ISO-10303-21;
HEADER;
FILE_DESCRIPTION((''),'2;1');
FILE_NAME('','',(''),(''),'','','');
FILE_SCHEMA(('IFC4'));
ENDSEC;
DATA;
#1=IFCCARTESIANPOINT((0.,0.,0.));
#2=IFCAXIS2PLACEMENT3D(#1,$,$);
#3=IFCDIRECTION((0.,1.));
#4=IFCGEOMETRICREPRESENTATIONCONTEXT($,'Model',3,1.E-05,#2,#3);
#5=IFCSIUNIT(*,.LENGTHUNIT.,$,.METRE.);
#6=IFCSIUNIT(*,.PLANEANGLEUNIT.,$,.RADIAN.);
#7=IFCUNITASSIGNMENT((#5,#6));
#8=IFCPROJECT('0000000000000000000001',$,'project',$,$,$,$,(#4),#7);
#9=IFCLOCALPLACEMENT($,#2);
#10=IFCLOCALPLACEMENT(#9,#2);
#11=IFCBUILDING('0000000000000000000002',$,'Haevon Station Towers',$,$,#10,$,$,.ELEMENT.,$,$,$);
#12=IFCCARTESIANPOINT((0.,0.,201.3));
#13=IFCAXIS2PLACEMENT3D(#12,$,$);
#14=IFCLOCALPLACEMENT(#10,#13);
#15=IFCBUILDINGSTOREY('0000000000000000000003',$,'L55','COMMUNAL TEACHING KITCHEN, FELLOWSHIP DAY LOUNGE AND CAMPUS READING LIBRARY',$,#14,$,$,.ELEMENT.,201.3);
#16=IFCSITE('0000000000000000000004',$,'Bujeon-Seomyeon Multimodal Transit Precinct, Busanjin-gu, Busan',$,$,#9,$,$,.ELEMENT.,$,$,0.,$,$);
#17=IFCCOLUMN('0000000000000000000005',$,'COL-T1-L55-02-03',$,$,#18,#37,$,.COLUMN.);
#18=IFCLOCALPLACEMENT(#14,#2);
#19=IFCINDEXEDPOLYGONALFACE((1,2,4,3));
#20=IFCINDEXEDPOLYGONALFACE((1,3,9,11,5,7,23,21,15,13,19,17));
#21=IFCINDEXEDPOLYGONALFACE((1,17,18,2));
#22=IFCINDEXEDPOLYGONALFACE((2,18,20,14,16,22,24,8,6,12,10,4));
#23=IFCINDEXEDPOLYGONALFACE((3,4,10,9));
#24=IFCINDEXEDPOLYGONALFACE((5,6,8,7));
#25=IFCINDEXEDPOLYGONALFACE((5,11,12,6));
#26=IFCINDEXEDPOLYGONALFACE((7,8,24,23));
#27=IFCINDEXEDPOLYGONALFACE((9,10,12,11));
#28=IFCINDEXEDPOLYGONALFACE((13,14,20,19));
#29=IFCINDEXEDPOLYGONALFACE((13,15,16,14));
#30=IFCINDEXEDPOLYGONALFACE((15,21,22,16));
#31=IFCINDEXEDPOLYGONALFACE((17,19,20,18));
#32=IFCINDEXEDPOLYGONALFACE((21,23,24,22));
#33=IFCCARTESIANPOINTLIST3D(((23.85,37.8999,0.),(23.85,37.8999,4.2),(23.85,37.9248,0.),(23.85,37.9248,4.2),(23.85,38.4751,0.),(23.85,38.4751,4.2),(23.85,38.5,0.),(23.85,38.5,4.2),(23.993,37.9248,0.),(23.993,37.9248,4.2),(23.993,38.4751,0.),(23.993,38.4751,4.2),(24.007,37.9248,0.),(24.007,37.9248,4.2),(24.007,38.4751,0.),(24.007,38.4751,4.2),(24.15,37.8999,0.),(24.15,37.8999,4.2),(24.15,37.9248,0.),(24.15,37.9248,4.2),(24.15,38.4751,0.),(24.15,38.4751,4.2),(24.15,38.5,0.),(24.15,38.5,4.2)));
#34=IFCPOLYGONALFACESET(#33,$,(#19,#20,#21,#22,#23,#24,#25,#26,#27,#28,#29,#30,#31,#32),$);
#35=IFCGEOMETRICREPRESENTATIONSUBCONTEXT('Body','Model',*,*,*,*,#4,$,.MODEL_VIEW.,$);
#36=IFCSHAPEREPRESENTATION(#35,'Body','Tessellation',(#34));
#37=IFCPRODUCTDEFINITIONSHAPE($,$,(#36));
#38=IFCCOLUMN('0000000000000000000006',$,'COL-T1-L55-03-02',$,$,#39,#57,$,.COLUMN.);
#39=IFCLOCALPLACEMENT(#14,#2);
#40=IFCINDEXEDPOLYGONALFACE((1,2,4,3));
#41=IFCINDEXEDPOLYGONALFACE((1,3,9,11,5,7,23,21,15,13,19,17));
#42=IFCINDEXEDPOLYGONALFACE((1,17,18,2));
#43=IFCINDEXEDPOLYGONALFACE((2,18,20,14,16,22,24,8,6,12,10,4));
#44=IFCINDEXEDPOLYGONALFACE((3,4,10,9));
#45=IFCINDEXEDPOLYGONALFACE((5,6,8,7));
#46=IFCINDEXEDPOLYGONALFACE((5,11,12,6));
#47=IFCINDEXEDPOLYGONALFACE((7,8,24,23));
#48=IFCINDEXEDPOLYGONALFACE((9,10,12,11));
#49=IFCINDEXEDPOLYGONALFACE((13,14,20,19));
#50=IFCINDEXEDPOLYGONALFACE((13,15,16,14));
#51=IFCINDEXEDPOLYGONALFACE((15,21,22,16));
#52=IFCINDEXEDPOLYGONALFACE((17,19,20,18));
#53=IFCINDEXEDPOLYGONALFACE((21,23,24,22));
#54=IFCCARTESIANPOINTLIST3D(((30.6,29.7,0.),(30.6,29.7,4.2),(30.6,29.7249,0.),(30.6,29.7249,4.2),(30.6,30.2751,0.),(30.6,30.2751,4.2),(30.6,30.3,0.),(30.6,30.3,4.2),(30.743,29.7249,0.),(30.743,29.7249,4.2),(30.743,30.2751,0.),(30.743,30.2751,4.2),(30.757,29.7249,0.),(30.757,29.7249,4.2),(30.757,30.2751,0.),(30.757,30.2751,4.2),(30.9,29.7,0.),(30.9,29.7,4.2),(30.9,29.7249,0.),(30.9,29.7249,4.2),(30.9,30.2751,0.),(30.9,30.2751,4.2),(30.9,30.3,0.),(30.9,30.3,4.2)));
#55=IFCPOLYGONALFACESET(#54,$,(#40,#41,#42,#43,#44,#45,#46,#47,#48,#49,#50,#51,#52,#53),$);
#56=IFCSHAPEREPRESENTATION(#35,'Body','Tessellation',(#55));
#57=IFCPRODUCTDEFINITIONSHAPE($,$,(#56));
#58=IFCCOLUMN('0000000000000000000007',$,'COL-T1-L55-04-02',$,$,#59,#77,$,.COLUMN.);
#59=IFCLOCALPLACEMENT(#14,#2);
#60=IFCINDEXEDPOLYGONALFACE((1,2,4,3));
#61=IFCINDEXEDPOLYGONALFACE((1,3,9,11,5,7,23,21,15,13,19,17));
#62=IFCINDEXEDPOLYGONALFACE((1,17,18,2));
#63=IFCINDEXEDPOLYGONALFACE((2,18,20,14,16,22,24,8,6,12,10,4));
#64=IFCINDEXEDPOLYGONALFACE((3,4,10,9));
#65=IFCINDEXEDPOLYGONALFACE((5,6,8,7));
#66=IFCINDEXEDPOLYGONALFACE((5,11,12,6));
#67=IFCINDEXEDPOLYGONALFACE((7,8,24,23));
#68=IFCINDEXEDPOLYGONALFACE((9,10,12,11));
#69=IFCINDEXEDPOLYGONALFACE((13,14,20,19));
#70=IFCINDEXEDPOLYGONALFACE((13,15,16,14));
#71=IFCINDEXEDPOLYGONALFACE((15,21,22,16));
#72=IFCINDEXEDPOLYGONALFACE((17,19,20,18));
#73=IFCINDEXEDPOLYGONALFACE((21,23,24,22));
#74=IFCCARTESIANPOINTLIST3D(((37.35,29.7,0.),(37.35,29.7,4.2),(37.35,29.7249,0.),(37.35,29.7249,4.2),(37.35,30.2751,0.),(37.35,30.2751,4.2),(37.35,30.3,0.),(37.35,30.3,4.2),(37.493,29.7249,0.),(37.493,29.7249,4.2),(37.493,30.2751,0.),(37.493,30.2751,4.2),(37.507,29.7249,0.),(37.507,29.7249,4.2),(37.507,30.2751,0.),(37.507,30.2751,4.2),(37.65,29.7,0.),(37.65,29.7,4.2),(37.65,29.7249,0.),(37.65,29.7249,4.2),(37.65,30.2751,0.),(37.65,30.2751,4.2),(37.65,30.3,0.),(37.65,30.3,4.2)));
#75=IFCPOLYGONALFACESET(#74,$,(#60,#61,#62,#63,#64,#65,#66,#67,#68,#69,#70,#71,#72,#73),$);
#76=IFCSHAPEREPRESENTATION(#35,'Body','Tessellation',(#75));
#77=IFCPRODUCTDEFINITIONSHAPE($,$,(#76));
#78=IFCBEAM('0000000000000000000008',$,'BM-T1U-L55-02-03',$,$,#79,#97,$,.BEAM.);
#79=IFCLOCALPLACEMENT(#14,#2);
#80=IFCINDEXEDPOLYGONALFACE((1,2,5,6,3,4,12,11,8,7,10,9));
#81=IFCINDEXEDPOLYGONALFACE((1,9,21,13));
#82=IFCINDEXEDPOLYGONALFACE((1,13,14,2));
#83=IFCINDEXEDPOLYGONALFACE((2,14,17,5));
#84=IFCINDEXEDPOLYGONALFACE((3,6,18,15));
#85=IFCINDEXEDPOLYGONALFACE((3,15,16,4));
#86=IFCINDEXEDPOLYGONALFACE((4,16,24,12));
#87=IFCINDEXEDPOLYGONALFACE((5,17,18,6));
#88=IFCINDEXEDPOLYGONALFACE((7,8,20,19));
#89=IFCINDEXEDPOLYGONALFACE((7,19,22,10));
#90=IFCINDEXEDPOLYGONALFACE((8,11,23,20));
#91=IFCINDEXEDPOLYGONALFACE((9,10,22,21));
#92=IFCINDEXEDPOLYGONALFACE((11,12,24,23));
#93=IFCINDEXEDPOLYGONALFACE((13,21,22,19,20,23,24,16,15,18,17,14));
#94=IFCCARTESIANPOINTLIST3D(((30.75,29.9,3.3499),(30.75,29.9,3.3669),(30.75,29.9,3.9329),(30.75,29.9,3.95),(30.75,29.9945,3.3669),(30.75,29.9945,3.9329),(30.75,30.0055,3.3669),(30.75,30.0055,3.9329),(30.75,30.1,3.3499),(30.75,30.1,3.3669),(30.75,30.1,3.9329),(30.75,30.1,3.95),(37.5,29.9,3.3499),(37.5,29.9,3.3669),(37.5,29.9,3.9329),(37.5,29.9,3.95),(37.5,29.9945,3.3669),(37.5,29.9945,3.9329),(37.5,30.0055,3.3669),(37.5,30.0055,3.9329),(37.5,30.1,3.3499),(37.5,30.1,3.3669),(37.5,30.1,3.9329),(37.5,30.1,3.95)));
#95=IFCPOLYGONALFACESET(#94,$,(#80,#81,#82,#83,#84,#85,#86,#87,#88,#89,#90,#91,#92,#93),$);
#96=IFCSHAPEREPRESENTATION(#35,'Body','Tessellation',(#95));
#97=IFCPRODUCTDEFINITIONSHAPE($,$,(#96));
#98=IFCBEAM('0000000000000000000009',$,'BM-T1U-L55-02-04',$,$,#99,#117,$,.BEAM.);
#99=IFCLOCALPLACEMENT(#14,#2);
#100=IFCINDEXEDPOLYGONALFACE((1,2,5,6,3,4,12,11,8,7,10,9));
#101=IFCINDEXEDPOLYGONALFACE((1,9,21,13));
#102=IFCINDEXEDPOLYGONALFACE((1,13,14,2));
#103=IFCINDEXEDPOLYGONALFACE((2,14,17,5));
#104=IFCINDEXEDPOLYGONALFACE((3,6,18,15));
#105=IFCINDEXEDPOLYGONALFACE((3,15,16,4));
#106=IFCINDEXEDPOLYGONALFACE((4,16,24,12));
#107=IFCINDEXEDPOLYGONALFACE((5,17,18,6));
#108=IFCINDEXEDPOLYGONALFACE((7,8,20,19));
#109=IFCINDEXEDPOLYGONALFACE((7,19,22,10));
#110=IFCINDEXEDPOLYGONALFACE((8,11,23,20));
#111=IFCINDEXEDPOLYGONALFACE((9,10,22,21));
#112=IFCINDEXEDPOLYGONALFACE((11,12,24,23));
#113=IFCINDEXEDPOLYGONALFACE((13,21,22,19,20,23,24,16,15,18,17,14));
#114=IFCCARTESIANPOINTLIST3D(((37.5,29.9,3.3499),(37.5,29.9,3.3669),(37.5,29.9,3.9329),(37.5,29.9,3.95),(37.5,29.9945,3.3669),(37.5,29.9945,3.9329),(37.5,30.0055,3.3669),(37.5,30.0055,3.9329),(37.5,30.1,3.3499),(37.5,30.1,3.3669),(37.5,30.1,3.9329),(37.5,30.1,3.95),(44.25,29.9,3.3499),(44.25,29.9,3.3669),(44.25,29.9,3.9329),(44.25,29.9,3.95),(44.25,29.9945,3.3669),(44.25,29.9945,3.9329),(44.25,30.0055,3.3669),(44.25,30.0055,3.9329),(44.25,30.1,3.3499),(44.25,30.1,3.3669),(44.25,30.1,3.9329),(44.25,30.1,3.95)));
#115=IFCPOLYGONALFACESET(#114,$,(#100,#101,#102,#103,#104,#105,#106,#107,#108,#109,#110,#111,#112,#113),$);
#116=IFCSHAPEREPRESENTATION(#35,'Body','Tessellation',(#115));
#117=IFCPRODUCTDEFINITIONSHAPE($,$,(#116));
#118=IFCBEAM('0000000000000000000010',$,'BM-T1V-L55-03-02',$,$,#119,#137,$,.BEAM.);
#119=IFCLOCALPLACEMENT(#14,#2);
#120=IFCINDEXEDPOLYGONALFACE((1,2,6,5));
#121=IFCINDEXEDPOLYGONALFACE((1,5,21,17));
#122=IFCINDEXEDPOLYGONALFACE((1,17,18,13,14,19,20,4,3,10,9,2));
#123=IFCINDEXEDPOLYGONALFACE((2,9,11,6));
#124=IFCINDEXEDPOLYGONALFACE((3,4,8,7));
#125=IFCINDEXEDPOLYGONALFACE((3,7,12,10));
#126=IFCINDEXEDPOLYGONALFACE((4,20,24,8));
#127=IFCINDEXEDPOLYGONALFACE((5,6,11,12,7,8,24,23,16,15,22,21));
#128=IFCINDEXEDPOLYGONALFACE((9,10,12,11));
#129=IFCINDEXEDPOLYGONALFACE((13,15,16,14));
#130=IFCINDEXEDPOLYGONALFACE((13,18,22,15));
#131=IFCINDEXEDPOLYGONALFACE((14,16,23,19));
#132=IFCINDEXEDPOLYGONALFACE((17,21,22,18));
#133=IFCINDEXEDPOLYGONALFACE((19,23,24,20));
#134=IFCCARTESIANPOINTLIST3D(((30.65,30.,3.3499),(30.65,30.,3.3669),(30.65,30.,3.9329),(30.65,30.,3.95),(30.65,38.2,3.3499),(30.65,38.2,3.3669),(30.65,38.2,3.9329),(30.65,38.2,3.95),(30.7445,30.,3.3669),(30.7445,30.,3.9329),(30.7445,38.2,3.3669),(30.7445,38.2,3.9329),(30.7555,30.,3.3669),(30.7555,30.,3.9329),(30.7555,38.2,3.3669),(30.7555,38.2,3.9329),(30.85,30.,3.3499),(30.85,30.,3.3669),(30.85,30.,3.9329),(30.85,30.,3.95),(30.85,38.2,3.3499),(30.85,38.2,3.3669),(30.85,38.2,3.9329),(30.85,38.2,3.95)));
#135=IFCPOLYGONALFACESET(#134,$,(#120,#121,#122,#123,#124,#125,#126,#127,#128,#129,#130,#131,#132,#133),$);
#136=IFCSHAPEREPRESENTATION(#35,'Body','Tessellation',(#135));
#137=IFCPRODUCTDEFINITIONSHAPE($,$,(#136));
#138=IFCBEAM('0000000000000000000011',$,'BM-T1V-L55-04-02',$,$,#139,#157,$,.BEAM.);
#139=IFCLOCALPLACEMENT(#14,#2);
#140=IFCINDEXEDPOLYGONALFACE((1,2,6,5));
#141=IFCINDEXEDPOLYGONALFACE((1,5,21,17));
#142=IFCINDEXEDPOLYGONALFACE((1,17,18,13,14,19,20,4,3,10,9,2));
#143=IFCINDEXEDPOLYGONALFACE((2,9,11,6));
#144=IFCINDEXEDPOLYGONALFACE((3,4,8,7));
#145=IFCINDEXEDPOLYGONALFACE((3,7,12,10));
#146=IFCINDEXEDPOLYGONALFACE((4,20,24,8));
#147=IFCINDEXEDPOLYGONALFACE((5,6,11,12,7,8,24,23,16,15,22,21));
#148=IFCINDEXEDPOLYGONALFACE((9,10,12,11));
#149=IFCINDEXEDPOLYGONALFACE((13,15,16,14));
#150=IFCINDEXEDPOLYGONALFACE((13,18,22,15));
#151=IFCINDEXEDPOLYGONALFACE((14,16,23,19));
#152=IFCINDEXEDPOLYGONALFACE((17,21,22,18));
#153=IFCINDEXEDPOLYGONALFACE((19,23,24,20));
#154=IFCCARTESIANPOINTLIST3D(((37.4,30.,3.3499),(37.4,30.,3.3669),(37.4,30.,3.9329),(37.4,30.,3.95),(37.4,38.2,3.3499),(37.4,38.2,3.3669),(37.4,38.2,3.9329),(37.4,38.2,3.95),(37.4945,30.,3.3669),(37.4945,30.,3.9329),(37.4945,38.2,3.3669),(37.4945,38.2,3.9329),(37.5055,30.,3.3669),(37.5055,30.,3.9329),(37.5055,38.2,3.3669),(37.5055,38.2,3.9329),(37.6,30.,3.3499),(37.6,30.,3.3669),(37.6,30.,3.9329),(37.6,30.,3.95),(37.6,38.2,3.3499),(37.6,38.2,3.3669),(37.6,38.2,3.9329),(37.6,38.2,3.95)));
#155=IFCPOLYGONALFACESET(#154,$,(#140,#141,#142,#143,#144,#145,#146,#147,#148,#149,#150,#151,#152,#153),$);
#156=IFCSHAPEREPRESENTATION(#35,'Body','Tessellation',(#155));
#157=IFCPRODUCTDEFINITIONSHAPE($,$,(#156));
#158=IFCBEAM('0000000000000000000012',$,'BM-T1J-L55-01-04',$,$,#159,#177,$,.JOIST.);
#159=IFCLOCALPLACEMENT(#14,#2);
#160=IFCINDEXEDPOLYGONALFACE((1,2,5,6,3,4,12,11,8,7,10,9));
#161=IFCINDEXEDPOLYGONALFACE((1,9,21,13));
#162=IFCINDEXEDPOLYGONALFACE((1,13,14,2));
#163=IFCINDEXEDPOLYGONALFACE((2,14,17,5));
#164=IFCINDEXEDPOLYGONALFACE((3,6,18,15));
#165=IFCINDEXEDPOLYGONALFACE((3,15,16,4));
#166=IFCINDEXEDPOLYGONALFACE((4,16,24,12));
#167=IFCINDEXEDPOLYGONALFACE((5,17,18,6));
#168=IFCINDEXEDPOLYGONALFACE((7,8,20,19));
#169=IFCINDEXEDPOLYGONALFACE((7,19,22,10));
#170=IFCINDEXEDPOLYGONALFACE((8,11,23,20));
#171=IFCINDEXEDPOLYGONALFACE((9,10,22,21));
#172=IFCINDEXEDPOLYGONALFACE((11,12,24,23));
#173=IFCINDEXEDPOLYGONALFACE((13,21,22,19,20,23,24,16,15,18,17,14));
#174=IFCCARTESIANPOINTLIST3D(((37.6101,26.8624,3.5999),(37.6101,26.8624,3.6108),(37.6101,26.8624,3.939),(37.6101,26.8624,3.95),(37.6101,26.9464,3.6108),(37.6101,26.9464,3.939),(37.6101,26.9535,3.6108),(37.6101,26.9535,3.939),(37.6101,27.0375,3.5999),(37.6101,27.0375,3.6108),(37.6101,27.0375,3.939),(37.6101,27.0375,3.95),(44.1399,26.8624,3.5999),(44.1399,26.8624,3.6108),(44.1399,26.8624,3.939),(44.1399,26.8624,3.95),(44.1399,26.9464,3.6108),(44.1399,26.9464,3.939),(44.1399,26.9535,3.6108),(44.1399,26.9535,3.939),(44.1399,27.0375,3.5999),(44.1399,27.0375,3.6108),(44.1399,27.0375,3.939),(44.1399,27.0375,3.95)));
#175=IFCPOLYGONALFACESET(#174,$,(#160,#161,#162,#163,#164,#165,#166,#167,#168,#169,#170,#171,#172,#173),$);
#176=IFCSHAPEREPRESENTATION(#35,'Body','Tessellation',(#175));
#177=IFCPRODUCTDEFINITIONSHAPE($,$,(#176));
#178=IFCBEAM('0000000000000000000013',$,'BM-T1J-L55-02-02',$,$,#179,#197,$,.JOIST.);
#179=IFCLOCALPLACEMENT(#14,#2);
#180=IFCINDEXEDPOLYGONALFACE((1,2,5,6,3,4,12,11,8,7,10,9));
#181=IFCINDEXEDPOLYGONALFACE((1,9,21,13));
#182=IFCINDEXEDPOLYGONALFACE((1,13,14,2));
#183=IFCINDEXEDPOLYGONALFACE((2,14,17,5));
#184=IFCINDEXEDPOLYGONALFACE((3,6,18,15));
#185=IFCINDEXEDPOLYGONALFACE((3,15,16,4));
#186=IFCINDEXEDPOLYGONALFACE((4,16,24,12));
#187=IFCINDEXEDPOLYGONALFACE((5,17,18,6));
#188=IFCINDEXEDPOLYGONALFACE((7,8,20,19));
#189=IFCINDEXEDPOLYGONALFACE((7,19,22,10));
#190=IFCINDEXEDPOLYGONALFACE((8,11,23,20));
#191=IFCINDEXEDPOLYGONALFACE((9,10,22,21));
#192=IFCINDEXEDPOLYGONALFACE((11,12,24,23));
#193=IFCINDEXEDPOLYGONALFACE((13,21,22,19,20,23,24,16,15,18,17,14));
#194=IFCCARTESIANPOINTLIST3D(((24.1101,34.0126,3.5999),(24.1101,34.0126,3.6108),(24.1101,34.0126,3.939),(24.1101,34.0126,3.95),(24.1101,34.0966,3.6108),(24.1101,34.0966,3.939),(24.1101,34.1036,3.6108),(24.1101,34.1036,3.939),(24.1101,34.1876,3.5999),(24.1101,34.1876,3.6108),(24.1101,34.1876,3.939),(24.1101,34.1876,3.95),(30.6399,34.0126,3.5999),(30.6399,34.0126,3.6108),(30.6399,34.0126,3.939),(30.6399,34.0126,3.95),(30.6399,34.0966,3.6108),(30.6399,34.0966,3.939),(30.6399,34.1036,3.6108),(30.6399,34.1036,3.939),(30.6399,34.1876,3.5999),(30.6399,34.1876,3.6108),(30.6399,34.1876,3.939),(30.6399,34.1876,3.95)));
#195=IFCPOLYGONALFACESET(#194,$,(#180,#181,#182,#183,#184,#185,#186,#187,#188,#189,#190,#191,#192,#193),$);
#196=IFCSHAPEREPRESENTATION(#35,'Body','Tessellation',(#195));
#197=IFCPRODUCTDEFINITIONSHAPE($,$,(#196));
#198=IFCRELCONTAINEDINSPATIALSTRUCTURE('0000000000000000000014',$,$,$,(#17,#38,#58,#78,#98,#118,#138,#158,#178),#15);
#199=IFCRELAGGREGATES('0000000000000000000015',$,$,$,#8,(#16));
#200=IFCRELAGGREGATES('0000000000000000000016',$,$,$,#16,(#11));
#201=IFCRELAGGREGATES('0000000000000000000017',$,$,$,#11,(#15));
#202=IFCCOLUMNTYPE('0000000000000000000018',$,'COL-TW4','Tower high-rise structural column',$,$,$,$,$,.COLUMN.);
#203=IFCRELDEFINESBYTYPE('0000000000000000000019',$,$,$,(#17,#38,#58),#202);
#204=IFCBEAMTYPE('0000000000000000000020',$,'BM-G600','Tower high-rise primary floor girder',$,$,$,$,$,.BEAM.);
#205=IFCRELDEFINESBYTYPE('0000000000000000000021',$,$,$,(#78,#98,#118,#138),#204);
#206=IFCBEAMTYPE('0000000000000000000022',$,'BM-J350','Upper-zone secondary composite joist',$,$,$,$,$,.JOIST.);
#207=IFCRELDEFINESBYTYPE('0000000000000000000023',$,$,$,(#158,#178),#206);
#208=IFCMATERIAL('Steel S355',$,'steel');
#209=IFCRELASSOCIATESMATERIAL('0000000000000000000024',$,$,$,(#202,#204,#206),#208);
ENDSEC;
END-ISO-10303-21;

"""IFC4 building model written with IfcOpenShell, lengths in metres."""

from ifc_helpers import new_model, si_unit, direction, frame, origin, origin_2d, place, context, subcontext, project, spatial, i_section, extrude, material, material_profile, profile_set, type_object, element, save


model = new_model("IFC4")

# Units and contexts
model_context = context("Model", 3, precision=1e-05, world=origin(), true_north=direction((0.0, 1.0)))
body_context = subcontext(model_context, "Body", "Model", "MODEL_VIEW")
ifc_project = project(units=[si_unit("LENGTHUNIT", "METRE"), si_unit("PLANEANGLEUNIT", "RADIAN")], contexts=[model_context])

# Site, building, storey
site_placement = place(None, origin())
site = spatial("IfcSite", under=ifc_project, at=site_placement, Name="Bujeon-Seomyeon Multimodal Transit Precinct, Busanjin-gu, Busan", CompositionType="ELEMENT", RefElevation=0.0)
building_placement = place(site_placement, origin())
building = spatial("IfcBuilding", under=site, at=building_placement, Name="Haevon Station Towers", CompositionType="ELEMENT")
storey_placement = place(building_placement, frame((0.0, 0.0, 201.3)))
storey = spatial("IfcBuildingStorey", under=building, at=storey_placement, Name="L55", Description="COMMUNAL TEACHING KITCHEN, FELLOWSHIP DAY LOUNGE AND CAMPUS READING LIBRARY", CompositionType="ELEMENT", Elevation=201.3)

# Columns
ifc_material_1 = material(Name="Steel S355", Category="steel")
ifc_material_profile_1 = material_profile(ifc_material_1, i_section(OverallWidth=0.3, OverallDepth=0.6001, WebThickness=0.0139, FlangeThickness=0.0249, at=origin_2d()), Name="H-600x300x14x25")
ifc_profile_set_1 = profile_set([ifc_material_profile_1], Name="Steel S355")
column_type = type_object("IfcColumnType", Name="COL-TW4", Description="Tower high-rise structural column", PredefinedType="COLUMN", material=ifc_profile_set_1)
for number, where, z_axis, x_axis, name in (
    (1, (24.0, 38.2, 0.0), (0.0, 0.0, 1.0), (1.0, 0.0, 0.0), "COL-T1-L55-02-03"),
    (2, (30.75, 30.0, 0.0), (0.0, 0.0, 1.0), (1.0, 0.0, 0.0), "COL-T1-L55-03-02"),
    (3, (37.5, 30.0, 0.0), (0.0, 0.0, 1.0), (1.0, 0.0, 0.0), "COL-T1-L55-04-02"),
):
    element("IfcColumn", number, at=place(storey_placement, frame(where, z_axis=z_axis, x_axis=x_axis)), inside=storey, type_object=column_type, Name=name, PredefinedType="COLUMN", context=body_context, shape_type="SweptSolid", body=[
        extrude(i_section(OverallWidth=0.3, OverallDepth=0.6001, WebThickness=0.0139, FlangeThickness=0.0249, at=origin_2d()), origin(), (0.0, 0.0, 1.0), 4.2),
    ])

# Beams
ifc_material_profile_2 = material_profile(ifc_material_1, i_section(OverallWidth=0.2, OverallDepth=0.6001, WebThickness=0.011, FlangeThickness=0.0171, at=origin_2d()), Name="H-600x200x11x17")
ifc_profile_set_2 = profile_set([ifc_material_profile_2], Name="Steel S355")
beam_type_1 = type_object("IfcBeamType", Name="BM-G600", Description="Tower high-rise primary floor girder", PredefinedType="BEAM", material=ifc_profile_set_2)
for number, where, z_axis, x_axis, name in (
    (4, (30.75, 30.0, 3.6499), (1.0, 0.0, 0.0), (0.0, 1.0, 0.0), "BM-T1U-L55-02-03"),
    (5, (37.5, 30.0, 3.6499), (1.0, 0.0, 0.0), (0.0, 1.0, 0.0), "BM-T1U-L55-02-04"),
):
    element("IfcBeam", number, at=place(storey_placement, frame(where, z_axis=z_axis, x_axis=x_axis)), inside=storey, type_object=beam_type_1, Name=name, PredefinedType="BEAM", context=body_context, shape_type="SweptSolid", body=[
        extrude(i_section(OverallWidth=0.2, OverallDepth=0.6001, WebThickness=0.011, FlangeThickness=0.0171, at=origin_2d()), origin(), (0.0, 0.0, 1.0), 6.75),
    ])
for number, where, z_axis, x_axis, name in (
    (6, (30.75, 30.0, 3.6499), (0.0, 1.0, 0.0), (-1.0, 0.0, 0.0), "BM-T1V-L55-03-02"),
    (7, (37.5, 30.0, 3.6499), (0.0, 1.0, 0.0), (-1.0, 0.0, 0.0), "BM-T1V-L55-04-02"),
):
    element("IfcBeam", number, at=place(storey_placement, frame(where, z_axis=z_axis, x_axis=x_axis)), inside=storey, type_object=beam_type_1, Name=name, PredefinedType="BEAM", context=body_context, shape_type="SweptSolid", body=[
        extrude(i_section(OverallWidth=0.2, OverallDepth=0.6001, WebThickness=0.011, FlangeThickness=0.0171, at=origin_2d()), origin(), (0.0, 0.0, 1.0), 8.2),
    ])
ifc_material_profile_3 = material_profile(ifc_material_1, i_section(OverallWidth=0.175, OverallDepth=0.3501, WebThickness=0.0071, FlangeThickness=0.011, at=origin_2d()), Name="H-350x175x7x11")
ifc_profile_set_3 = profile_set([ifc_material_profile_3], Name="Steel S355")
beam_type_2 = type_object("IfcBeamType", Name="BM-J350", Description="Upper-zone secondary composite joist", PredefinedType="JOIST", material=ifc_profile_set_3)
for number, where, z_axis, x_axis, name in (
    (8, (37.6101, 26.95, 3.7749), (1.0, 0.0, 0.0), (0.0, 1.0, 0.0), "BM-T1J-L55-01-04"),
    (9, (24.1101, 34.1001, 3.7749), (1.0, 0.0, 0.0), (0.0, 1.0, 0.0), "BM-T1J-L55-02-02"),
):
    element("IfcBeam", number, at=place(storey_placement, frame(where, z_axis=z_axis, x_axis=x_axis)), inside=storey, type_object=beam_type_2, Name=name, PredefinedType="JOIST", context=body_context, shape_type="SweptSolid", body=[
        extrude(i_section(OverallWidth=0.175, OverallDepth=0.3501, WebThickness=0.0071, FlangeThickness=0.011, at=origin_2d()), origin(), (0.0, 0.0, 1.0), 6.5298),
    ])

save(model, "model.ifc")
